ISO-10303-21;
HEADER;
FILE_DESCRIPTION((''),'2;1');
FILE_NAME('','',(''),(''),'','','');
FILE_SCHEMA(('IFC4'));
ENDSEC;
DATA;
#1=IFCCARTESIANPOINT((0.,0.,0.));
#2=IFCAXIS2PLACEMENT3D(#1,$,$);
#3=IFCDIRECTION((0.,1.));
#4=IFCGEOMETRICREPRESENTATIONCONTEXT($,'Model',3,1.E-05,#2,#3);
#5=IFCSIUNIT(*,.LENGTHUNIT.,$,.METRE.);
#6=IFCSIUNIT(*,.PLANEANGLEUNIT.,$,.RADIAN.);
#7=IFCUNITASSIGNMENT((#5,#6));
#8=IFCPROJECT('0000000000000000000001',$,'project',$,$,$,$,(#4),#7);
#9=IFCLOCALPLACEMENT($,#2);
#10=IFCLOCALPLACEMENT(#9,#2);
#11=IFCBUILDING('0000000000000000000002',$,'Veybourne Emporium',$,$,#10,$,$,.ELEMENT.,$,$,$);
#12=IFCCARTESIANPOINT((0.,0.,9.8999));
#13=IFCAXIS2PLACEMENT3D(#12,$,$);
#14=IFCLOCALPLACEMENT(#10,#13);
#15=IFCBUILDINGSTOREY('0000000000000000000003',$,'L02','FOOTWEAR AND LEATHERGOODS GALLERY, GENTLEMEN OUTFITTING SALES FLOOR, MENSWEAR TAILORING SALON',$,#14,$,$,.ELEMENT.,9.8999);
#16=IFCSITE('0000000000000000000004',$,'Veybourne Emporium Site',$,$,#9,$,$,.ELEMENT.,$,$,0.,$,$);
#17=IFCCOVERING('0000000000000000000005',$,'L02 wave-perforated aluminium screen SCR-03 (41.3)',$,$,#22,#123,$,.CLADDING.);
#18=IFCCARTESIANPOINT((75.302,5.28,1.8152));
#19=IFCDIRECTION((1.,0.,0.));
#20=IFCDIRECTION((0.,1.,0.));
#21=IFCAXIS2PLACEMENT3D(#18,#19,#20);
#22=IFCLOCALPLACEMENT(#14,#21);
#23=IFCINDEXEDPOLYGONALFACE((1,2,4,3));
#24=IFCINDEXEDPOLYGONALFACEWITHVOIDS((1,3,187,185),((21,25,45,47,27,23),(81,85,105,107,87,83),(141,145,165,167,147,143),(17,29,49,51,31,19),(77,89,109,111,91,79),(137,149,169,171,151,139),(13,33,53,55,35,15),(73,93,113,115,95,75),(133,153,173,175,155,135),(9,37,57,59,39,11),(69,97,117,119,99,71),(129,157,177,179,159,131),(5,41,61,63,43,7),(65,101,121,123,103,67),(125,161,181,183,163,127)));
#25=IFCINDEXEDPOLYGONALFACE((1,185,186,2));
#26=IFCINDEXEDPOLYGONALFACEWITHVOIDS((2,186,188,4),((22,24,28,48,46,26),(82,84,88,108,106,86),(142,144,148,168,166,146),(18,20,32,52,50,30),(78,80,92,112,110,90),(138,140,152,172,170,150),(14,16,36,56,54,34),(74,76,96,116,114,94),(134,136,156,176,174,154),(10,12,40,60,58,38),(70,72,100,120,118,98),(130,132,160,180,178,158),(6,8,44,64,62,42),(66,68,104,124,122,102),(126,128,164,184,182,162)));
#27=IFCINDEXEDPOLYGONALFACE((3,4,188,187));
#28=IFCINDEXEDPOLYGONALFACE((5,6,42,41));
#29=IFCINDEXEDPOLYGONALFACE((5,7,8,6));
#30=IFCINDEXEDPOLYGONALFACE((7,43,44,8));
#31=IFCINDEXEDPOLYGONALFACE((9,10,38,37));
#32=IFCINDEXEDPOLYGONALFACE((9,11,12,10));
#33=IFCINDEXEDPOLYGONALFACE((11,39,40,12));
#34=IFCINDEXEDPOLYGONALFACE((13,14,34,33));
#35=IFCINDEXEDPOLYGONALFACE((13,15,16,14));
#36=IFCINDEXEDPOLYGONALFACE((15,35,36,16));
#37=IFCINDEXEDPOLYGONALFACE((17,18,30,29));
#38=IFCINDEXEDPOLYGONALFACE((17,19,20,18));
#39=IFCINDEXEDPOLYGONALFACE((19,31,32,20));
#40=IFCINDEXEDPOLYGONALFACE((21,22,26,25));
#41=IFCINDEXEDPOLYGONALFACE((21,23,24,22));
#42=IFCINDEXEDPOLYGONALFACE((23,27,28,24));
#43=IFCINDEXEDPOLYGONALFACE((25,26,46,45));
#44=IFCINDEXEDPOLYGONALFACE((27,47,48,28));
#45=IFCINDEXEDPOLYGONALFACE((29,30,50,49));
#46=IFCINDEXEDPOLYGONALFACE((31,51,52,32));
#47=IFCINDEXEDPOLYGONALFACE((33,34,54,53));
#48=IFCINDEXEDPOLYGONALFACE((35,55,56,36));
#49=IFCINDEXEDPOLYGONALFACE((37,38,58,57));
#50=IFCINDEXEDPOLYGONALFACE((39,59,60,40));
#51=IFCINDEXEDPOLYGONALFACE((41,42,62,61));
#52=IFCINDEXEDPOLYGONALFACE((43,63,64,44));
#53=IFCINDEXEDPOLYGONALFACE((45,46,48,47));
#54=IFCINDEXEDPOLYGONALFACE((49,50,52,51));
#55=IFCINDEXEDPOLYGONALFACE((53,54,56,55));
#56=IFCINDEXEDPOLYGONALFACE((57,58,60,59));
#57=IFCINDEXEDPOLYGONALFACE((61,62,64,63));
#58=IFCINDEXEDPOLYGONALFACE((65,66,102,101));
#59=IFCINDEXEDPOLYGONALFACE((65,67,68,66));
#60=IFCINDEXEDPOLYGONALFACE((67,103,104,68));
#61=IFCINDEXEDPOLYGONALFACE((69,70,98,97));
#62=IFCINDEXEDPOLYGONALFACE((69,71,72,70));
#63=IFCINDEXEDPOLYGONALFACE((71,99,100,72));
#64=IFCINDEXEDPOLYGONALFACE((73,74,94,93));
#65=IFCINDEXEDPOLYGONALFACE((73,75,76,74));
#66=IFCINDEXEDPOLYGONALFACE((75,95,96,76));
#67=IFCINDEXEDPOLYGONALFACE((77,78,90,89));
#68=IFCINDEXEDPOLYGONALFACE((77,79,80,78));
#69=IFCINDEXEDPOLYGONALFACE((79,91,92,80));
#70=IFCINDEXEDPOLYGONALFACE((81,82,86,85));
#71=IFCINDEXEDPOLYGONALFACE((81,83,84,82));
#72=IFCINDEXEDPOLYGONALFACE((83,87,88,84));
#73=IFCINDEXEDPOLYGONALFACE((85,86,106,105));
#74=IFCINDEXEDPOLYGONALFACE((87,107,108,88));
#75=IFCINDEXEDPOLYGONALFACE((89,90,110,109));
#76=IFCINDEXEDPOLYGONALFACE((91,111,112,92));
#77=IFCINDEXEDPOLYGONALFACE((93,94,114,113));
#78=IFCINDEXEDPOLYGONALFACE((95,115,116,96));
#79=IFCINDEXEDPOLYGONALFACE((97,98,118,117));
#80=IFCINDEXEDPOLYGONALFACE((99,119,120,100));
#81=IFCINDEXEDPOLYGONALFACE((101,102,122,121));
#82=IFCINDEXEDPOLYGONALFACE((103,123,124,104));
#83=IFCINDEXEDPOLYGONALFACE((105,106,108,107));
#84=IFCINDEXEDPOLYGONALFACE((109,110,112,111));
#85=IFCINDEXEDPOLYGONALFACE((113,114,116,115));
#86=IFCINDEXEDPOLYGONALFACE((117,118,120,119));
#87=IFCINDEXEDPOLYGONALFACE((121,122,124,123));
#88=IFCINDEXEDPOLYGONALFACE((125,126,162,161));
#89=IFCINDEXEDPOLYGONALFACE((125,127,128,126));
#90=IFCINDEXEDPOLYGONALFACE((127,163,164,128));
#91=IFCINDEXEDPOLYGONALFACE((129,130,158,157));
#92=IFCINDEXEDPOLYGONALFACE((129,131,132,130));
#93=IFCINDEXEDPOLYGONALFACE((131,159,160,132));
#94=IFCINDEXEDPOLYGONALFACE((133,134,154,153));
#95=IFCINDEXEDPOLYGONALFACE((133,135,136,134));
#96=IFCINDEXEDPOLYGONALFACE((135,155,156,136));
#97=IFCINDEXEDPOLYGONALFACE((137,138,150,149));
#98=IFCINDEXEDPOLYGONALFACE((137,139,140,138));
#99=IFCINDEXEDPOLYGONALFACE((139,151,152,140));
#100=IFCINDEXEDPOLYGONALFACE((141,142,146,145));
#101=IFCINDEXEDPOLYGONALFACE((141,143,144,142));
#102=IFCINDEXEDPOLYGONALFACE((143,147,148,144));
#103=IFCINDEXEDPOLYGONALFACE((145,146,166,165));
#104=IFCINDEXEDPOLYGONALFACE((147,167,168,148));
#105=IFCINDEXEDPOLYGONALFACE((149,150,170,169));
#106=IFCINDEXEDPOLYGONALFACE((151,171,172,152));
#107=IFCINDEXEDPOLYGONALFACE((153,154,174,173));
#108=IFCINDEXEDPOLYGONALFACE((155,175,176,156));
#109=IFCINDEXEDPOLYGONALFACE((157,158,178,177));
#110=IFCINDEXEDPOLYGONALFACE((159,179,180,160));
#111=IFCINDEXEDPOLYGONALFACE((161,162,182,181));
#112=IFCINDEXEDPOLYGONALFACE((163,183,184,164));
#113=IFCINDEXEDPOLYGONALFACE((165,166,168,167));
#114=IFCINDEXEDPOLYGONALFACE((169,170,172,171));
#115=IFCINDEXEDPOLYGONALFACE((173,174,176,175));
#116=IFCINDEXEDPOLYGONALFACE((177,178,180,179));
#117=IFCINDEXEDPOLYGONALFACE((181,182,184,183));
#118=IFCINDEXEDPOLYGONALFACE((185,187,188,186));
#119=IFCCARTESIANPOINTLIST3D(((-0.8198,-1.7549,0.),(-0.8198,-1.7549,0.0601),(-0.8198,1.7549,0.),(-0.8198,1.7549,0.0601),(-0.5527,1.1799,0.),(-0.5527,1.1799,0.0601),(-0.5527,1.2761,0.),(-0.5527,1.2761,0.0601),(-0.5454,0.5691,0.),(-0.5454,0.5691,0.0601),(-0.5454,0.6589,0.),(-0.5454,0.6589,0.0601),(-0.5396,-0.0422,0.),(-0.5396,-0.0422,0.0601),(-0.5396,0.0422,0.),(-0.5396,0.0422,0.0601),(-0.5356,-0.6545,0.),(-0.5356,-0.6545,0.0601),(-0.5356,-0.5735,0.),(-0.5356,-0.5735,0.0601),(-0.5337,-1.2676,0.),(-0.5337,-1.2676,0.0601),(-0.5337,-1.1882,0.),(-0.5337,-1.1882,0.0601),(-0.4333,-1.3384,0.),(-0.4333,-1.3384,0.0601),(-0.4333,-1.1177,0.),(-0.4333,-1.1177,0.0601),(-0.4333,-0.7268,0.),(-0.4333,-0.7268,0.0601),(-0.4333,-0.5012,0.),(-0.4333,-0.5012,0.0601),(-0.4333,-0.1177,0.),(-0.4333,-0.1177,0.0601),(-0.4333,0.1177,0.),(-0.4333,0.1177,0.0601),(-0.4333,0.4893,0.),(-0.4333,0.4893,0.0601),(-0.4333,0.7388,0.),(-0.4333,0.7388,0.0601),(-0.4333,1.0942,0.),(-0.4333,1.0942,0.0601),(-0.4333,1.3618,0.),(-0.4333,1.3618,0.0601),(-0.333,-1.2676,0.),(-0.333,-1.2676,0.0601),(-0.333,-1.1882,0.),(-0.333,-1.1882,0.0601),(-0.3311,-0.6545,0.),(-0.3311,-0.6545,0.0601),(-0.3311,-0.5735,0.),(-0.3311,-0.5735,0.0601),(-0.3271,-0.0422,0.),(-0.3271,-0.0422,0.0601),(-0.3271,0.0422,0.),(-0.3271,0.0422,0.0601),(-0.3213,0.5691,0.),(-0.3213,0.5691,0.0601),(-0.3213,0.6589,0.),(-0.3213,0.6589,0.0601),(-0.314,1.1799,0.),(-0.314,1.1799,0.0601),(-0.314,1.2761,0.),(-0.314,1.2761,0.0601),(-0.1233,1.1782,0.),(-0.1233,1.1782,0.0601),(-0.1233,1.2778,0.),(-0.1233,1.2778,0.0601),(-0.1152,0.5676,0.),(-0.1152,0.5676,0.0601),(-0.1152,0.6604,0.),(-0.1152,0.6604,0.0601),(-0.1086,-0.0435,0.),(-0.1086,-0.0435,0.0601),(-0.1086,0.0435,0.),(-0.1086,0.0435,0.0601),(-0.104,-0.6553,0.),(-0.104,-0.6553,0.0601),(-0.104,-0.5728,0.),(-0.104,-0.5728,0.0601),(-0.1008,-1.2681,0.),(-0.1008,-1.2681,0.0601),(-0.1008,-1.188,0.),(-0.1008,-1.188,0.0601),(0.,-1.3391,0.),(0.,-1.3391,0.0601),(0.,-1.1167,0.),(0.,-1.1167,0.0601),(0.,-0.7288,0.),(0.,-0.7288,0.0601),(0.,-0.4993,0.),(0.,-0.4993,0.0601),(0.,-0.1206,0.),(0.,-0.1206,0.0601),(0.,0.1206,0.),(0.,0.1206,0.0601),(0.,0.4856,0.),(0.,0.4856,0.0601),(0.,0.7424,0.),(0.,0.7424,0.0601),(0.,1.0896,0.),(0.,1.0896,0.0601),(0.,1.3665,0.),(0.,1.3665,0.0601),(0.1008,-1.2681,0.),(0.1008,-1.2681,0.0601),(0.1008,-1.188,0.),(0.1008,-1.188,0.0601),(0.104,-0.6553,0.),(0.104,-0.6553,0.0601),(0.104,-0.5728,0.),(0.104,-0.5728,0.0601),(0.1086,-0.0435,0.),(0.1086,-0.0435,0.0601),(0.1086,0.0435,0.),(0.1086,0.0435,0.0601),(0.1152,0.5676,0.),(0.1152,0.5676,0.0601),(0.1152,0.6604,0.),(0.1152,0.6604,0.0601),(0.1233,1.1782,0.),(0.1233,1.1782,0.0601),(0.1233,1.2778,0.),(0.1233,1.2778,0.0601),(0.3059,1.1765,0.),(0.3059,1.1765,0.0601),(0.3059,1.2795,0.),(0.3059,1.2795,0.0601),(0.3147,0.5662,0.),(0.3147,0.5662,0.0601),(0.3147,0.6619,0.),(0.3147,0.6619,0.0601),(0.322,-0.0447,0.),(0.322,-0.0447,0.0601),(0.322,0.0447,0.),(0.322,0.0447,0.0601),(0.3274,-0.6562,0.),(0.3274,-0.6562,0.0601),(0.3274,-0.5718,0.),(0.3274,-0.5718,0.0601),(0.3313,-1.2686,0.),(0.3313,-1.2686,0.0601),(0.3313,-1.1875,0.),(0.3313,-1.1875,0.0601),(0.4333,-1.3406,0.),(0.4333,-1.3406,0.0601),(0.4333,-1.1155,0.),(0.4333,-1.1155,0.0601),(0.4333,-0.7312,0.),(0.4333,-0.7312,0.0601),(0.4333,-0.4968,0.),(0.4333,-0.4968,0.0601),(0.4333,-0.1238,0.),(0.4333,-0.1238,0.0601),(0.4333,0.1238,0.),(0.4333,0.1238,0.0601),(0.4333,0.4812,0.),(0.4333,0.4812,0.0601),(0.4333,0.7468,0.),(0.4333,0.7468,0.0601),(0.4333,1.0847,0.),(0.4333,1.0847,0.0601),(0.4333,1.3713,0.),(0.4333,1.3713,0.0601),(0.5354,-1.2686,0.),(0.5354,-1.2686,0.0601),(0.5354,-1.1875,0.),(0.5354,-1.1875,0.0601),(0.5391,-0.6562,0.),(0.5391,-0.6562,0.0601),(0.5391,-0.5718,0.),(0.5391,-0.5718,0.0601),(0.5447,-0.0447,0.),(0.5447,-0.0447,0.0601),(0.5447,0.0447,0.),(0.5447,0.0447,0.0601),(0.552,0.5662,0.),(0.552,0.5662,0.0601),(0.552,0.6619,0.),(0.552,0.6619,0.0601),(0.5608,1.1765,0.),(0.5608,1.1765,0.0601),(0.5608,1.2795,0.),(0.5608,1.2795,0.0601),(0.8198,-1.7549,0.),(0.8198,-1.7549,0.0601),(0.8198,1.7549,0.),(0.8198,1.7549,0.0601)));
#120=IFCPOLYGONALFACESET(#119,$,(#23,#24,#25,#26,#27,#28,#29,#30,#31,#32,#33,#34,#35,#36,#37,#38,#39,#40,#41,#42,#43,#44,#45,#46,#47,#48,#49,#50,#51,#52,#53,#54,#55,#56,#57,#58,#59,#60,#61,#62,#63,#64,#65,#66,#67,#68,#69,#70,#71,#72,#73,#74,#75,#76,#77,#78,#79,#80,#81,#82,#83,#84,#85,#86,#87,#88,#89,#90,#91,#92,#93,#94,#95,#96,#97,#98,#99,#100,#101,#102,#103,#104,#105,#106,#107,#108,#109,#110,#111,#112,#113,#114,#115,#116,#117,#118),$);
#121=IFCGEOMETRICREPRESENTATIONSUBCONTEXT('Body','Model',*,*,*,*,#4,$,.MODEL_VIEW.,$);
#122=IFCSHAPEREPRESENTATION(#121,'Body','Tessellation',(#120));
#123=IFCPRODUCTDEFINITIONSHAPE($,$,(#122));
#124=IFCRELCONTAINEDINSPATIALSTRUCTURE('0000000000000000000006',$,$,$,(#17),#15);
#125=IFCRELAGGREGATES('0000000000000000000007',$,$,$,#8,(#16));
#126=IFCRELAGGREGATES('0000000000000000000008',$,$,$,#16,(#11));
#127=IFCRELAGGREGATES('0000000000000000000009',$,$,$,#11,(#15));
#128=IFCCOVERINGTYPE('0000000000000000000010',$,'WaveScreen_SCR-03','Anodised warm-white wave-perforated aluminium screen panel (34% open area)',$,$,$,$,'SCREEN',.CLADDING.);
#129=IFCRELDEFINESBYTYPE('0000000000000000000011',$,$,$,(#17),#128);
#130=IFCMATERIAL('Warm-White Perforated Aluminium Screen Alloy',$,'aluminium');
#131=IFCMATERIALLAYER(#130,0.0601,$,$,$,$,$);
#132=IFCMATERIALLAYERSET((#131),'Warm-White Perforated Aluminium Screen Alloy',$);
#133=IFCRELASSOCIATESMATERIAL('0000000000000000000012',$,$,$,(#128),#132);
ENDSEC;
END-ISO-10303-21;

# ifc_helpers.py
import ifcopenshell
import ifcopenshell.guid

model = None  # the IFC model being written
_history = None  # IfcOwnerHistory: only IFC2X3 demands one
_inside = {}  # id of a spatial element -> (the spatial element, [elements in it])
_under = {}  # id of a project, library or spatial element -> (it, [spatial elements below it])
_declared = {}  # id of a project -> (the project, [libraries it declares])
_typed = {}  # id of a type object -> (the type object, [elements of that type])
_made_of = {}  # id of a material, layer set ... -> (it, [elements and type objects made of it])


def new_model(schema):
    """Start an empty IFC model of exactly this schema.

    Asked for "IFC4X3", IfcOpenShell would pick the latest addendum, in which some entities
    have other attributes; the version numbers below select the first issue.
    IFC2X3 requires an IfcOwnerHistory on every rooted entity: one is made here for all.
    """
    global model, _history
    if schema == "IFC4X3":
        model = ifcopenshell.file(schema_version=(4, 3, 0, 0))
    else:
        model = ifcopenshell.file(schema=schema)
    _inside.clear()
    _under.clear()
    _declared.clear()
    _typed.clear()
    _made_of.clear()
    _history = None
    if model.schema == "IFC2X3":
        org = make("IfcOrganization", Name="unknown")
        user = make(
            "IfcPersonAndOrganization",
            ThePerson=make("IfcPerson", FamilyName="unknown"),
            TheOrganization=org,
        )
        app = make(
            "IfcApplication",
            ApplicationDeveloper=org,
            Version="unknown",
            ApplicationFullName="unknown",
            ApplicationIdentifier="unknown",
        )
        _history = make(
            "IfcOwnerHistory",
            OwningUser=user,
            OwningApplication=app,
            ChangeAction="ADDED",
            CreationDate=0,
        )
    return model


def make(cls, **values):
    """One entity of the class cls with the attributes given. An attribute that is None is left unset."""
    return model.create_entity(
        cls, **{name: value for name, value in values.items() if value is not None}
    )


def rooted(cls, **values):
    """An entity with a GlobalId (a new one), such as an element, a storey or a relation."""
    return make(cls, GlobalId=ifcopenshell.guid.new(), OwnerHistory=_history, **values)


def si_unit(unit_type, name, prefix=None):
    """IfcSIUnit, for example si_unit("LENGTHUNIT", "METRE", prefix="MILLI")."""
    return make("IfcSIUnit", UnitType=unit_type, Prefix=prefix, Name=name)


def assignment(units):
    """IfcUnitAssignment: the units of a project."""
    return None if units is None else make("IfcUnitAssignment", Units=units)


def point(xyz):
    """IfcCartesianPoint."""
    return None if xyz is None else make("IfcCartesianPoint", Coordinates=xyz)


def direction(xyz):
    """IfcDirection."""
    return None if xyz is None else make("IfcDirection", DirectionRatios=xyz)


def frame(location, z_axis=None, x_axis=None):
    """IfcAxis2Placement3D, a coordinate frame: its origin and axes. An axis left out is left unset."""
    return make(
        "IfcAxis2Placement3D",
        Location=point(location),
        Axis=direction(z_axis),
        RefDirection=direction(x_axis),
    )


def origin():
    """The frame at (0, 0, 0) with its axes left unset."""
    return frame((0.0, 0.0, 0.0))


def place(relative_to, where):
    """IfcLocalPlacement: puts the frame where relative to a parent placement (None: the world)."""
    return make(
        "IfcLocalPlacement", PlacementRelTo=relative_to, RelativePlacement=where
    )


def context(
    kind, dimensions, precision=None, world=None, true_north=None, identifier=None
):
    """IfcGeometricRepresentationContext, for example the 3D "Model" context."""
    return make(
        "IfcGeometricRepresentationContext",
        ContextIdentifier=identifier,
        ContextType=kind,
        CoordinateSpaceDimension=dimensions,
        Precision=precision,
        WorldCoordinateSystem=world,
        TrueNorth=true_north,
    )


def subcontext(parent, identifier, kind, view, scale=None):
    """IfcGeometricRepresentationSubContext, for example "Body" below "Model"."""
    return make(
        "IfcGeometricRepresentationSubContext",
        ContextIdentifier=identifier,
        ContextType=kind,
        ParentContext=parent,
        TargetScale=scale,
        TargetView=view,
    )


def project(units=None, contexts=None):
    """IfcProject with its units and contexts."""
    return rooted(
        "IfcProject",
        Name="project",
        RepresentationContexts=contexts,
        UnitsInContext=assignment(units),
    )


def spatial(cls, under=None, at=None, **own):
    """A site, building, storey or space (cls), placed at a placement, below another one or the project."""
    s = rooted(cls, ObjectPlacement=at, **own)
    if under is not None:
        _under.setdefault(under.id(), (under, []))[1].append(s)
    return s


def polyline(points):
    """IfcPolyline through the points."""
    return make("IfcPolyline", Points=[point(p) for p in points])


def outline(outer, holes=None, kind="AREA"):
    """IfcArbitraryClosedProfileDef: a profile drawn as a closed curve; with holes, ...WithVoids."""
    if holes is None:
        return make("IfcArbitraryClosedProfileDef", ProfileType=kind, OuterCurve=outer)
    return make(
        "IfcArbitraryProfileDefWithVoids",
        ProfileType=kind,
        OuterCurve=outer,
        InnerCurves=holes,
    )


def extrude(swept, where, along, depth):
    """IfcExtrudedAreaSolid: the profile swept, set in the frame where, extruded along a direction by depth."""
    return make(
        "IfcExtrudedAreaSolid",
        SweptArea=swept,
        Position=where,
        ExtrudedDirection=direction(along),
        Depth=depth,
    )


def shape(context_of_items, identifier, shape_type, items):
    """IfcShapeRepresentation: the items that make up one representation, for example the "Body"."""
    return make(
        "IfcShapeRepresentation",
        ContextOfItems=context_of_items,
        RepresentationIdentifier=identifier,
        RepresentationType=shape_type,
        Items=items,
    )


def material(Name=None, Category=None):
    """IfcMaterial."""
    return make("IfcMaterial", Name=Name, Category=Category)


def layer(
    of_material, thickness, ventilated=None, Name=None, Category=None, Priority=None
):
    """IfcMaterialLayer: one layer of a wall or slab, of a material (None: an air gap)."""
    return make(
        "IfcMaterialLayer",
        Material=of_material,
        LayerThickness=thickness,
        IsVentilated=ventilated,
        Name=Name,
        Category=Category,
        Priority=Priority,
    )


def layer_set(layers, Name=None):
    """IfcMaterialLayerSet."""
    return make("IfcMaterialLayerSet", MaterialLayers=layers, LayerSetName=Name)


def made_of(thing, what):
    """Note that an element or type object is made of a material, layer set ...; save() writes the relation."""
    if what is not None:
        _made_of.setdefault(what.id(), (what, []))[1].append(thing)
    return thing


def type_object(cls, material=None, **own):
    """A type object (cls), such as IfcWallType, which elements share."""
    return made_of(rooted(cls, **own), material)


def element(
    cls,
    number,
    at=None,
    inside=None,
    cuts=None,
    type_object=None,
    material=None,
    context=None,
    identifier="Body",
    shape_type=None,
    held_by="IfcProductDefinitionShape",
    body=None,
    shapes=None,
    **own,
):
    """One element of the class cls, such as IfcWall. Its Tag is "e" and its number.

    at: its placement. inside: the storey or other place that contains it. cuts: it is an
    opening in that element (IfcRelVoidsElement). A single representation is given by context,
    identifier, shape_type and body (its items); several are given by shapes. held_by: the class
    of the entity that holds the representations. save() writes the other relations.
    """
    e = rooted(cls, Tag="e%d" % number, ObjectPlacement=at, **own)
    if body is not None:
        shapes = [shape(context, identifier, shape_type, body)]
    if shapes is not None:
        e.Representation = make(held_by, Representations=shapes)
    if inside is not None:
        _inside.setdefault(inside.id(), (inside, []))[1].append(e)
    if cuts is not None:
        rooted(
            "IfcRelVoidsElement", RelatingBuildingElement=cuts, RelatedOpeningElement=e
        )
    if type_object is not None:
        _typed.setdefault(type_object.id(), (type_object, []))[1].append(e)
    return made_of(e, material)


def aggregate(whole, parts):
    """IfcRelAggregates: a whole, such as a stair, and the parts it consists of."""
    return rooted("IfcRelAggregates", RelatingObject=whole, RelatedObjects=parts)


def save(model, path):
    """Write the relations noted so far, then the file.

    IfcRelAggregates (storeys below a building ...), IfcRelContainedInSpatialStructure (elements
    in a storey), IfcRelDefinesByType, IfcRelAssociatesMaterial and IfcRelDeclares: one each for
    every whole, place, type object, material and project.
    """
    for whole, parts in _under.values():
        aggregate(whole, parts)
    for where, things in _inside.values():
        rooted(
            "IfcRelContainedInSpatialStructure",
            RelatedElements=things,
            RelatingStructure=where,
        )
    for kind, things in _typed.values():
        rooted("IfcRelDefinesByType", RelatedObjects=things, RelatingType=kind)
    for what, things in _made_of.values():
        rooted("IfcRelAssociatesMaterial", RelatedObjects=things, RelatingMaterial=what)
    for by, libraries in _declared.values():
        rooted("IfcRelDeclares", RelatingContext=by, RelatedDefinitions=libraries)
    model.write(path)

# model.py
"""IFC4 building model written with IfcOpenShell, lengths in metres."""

from ifc_helpers import new_model, si_unit, direction, frame, origin, place, context, subcontext, project, spatial, polyline, outline, extrude, material, layer, layer_set, type_object, element, save


model = new_model("IFC4")

# Units and contexts
model_context = context("Model", 3, precision=1e-05, world=origin(), true_north=direction((0.0, 1.0)))
body_context = subcontext(model_context, "Body", "Model", "MODEL_VIEW")
ifc_project = project(units=[si_unit("LENGTHUNIT", "METRE"), si_unit("PLANEANGLEUNIT", "RADIAN")], contexts=[model_context])

# Site, building, storey
site_placement = place(None, origin())
site = spatial("IfcSite", under=ifc_project, at=site_placement, Name="Veybourne Emporium Site", CompositionType="ELEMENT", RefElevation=0.0)
building_placement = place(site_placement, origin())
building = spatial("IfcBuilding", under=site, at=building_placement, Name="Veybourne Emporium", CompositionType="ELEMENT")
storey_placement = place(building_placement, frame((0.0, 0.0, 9.8999)))
storey = spatial("IfcBuildingStorey", under=building, at=storey_placement, Name="L02", Description="FOOTWEAR AND LEATHERGOODS GALLERY, GENTLEMEN OUTFITTING SALES FLOOR, MENSWEAR TAILORING SALON", CompositionType="ELEMENT", Elevation=9.8999)

# Covering
ifc_material_1 = material(Name="Warm-White Perforated Aluminium Screen Alloy", Category="aluminium")
ifc_layer_1 = layer(ifc_material_1, 0.0601)
ifc_layer_set_1 = layer_set([ifc_layer_1], Name="Warm-White Perforated Aluminium Screen Alloy")
covering_type_1 = type_object("IfcCoveringType", Name="WaveScreen_SCR-03", Description="Anodised warm-white wave-perforated aluminium screen panel (34% open area)", ElementType="SCREEN", PredefinedType="CLADDING", material=ifc_layer_set_1)
covering_1_placement = place(storey_placement, frame((75.302, 5.28, 1.8152), z_axis=(1.0, 0.0, 0.0), x_axis=(0.0, 1.0, 0.0)))
element("IfcCovering", 1, at=covering_1_placement, inside=storey, type_object=covering_type_1, Name="L02 wave-perforated aluminium screen SCR-03 (41.3)", PredefinedType="CLADDING", context=body_context, shape_type="SweptSolid", body=[
    extrude(outline(polyline([(-0.8198, -1.7549), (0.8198, -1.7549), (0.8198, 1.7549), (-0.8198, 1.7549), (-0.8198, -1.7549)]), holes=[polyline([(-0.4333, -1.1177), (-0.333, -1.1882), (-0.333, -1.2676), (-0.4333, -1.3384), (-0.5337, -1.2676), (-0.5337, -1.1882), (-0.4333, -1.1177)]), polyline([(-0.4333, -0.5012), (-0.3311, -0.5735), (-0.3311, -0.6545), (-0.4333, -0.7268), (-0.5356, -0.6545), (-0.5356, -0.5735), (-0.4333, -0.5012)]), polyline([(-0.4333, 0.1177), (-0.3271, 0.0422), (-0.3271, -0.0422), (-0.4333, -0.1177), (-0.5396, -0.0422), (-0.5396, 0.0422), (-0.4333, 0.1177)]), polyline([(-0.4333, 0.7388), (-0.3213, 0.6589), (-0.3213, 0.5691), (-0.4333, 0.4893), (-0.5454, 0.5691), (-0.5454, 0.6589), (-0.4333, 0.7388)]), polyline([(-0.4333, 1.3618), (-0.314, 1.2761), (-0.314, 1.1799), (-0.4333, 1.0942), (-0.5527, 1.1799), (-0.5527, 1.2761), (-0.4333, 1.3618)]), polyline([(0.0, -1.1167), (0.1008, -1.188), (0.1008, -1.2681), (0.0, -1.3391), (-0.1008, -1.2681), (-0.1008, -1.188), (0.0, -1.1167)]), polyline([(0.0, -0.4993), (0.104, -0.5728), (0.104, -0.6553), (0.0, -0.7288), (-0.104, -0.6553), (-0.104, -0.5728), (0.0, -0.4993)]), polyline([(0.0, 0.1206), (0.1086, 0.0435), (0.1086, -0.0435), (0.0, -0.1206), (-0.1086, -0.0435), (-0.1086, 0.0435), (0.0, 0.1206)]), polyline([(0.0, 0.7424), (0.1152, 0.6604), (0.1152, 0.5676), (0.0, 0.4856), (-0.1152, 0.5676), (-0.1152, 0.6604), (0.0, 0.7424)]), polyline([(0.0, 1.3665), (0.1233, 1.2778), (0.1233, 1.1782), (0.0, 1.0896), (-0.1233, 1.1782), (-0.1233, 1.2778), (0.0, 1.3665)]), polyline([(0.4333, -1.1155), (0.5354, -1.1875), (0.5354, -1.2686), (0.4333, -1.3406), (0.3313, -1.2686), (0.3313, -1.1875), (0.4333, -1.1155)]), polyline([(0.4333, -0.4968), (0.5391, -0.5718), (0.5391, -0.6562), (0.4333, -0.7312), (0.3274, -0.6562), (0.3274, -0.5718), (0.4333, -0.4968)]), polyline([(0.4333, 0.1238), (0.5447, 0.0447), (0.5447, -0.0447), (0.4333, -0.1238), (0.322, -0.0447), (0.322, 0.0447), (0.4333, 0.1238)]), polyline([(0.4333, 0.7468), (0.552, 0.6619), (0.552, 0.5662), (0.4333, 0.4812), (0.3147, 0.5662), (0.3147, 0.6619), (0.4333, 0.7468)]), polyline([(0.4333, 1.3713), (0.5608, 1.2795), (0.5608, 1.1765), (0.4333, 1.0847), (0.3059, 1.1765), (0.3059, 1.2795), (0.4333, 1.3713)])]), origin(), (0.0, 0.0, 1.0), 0.0601),
])

save(model, "model.ifc")
